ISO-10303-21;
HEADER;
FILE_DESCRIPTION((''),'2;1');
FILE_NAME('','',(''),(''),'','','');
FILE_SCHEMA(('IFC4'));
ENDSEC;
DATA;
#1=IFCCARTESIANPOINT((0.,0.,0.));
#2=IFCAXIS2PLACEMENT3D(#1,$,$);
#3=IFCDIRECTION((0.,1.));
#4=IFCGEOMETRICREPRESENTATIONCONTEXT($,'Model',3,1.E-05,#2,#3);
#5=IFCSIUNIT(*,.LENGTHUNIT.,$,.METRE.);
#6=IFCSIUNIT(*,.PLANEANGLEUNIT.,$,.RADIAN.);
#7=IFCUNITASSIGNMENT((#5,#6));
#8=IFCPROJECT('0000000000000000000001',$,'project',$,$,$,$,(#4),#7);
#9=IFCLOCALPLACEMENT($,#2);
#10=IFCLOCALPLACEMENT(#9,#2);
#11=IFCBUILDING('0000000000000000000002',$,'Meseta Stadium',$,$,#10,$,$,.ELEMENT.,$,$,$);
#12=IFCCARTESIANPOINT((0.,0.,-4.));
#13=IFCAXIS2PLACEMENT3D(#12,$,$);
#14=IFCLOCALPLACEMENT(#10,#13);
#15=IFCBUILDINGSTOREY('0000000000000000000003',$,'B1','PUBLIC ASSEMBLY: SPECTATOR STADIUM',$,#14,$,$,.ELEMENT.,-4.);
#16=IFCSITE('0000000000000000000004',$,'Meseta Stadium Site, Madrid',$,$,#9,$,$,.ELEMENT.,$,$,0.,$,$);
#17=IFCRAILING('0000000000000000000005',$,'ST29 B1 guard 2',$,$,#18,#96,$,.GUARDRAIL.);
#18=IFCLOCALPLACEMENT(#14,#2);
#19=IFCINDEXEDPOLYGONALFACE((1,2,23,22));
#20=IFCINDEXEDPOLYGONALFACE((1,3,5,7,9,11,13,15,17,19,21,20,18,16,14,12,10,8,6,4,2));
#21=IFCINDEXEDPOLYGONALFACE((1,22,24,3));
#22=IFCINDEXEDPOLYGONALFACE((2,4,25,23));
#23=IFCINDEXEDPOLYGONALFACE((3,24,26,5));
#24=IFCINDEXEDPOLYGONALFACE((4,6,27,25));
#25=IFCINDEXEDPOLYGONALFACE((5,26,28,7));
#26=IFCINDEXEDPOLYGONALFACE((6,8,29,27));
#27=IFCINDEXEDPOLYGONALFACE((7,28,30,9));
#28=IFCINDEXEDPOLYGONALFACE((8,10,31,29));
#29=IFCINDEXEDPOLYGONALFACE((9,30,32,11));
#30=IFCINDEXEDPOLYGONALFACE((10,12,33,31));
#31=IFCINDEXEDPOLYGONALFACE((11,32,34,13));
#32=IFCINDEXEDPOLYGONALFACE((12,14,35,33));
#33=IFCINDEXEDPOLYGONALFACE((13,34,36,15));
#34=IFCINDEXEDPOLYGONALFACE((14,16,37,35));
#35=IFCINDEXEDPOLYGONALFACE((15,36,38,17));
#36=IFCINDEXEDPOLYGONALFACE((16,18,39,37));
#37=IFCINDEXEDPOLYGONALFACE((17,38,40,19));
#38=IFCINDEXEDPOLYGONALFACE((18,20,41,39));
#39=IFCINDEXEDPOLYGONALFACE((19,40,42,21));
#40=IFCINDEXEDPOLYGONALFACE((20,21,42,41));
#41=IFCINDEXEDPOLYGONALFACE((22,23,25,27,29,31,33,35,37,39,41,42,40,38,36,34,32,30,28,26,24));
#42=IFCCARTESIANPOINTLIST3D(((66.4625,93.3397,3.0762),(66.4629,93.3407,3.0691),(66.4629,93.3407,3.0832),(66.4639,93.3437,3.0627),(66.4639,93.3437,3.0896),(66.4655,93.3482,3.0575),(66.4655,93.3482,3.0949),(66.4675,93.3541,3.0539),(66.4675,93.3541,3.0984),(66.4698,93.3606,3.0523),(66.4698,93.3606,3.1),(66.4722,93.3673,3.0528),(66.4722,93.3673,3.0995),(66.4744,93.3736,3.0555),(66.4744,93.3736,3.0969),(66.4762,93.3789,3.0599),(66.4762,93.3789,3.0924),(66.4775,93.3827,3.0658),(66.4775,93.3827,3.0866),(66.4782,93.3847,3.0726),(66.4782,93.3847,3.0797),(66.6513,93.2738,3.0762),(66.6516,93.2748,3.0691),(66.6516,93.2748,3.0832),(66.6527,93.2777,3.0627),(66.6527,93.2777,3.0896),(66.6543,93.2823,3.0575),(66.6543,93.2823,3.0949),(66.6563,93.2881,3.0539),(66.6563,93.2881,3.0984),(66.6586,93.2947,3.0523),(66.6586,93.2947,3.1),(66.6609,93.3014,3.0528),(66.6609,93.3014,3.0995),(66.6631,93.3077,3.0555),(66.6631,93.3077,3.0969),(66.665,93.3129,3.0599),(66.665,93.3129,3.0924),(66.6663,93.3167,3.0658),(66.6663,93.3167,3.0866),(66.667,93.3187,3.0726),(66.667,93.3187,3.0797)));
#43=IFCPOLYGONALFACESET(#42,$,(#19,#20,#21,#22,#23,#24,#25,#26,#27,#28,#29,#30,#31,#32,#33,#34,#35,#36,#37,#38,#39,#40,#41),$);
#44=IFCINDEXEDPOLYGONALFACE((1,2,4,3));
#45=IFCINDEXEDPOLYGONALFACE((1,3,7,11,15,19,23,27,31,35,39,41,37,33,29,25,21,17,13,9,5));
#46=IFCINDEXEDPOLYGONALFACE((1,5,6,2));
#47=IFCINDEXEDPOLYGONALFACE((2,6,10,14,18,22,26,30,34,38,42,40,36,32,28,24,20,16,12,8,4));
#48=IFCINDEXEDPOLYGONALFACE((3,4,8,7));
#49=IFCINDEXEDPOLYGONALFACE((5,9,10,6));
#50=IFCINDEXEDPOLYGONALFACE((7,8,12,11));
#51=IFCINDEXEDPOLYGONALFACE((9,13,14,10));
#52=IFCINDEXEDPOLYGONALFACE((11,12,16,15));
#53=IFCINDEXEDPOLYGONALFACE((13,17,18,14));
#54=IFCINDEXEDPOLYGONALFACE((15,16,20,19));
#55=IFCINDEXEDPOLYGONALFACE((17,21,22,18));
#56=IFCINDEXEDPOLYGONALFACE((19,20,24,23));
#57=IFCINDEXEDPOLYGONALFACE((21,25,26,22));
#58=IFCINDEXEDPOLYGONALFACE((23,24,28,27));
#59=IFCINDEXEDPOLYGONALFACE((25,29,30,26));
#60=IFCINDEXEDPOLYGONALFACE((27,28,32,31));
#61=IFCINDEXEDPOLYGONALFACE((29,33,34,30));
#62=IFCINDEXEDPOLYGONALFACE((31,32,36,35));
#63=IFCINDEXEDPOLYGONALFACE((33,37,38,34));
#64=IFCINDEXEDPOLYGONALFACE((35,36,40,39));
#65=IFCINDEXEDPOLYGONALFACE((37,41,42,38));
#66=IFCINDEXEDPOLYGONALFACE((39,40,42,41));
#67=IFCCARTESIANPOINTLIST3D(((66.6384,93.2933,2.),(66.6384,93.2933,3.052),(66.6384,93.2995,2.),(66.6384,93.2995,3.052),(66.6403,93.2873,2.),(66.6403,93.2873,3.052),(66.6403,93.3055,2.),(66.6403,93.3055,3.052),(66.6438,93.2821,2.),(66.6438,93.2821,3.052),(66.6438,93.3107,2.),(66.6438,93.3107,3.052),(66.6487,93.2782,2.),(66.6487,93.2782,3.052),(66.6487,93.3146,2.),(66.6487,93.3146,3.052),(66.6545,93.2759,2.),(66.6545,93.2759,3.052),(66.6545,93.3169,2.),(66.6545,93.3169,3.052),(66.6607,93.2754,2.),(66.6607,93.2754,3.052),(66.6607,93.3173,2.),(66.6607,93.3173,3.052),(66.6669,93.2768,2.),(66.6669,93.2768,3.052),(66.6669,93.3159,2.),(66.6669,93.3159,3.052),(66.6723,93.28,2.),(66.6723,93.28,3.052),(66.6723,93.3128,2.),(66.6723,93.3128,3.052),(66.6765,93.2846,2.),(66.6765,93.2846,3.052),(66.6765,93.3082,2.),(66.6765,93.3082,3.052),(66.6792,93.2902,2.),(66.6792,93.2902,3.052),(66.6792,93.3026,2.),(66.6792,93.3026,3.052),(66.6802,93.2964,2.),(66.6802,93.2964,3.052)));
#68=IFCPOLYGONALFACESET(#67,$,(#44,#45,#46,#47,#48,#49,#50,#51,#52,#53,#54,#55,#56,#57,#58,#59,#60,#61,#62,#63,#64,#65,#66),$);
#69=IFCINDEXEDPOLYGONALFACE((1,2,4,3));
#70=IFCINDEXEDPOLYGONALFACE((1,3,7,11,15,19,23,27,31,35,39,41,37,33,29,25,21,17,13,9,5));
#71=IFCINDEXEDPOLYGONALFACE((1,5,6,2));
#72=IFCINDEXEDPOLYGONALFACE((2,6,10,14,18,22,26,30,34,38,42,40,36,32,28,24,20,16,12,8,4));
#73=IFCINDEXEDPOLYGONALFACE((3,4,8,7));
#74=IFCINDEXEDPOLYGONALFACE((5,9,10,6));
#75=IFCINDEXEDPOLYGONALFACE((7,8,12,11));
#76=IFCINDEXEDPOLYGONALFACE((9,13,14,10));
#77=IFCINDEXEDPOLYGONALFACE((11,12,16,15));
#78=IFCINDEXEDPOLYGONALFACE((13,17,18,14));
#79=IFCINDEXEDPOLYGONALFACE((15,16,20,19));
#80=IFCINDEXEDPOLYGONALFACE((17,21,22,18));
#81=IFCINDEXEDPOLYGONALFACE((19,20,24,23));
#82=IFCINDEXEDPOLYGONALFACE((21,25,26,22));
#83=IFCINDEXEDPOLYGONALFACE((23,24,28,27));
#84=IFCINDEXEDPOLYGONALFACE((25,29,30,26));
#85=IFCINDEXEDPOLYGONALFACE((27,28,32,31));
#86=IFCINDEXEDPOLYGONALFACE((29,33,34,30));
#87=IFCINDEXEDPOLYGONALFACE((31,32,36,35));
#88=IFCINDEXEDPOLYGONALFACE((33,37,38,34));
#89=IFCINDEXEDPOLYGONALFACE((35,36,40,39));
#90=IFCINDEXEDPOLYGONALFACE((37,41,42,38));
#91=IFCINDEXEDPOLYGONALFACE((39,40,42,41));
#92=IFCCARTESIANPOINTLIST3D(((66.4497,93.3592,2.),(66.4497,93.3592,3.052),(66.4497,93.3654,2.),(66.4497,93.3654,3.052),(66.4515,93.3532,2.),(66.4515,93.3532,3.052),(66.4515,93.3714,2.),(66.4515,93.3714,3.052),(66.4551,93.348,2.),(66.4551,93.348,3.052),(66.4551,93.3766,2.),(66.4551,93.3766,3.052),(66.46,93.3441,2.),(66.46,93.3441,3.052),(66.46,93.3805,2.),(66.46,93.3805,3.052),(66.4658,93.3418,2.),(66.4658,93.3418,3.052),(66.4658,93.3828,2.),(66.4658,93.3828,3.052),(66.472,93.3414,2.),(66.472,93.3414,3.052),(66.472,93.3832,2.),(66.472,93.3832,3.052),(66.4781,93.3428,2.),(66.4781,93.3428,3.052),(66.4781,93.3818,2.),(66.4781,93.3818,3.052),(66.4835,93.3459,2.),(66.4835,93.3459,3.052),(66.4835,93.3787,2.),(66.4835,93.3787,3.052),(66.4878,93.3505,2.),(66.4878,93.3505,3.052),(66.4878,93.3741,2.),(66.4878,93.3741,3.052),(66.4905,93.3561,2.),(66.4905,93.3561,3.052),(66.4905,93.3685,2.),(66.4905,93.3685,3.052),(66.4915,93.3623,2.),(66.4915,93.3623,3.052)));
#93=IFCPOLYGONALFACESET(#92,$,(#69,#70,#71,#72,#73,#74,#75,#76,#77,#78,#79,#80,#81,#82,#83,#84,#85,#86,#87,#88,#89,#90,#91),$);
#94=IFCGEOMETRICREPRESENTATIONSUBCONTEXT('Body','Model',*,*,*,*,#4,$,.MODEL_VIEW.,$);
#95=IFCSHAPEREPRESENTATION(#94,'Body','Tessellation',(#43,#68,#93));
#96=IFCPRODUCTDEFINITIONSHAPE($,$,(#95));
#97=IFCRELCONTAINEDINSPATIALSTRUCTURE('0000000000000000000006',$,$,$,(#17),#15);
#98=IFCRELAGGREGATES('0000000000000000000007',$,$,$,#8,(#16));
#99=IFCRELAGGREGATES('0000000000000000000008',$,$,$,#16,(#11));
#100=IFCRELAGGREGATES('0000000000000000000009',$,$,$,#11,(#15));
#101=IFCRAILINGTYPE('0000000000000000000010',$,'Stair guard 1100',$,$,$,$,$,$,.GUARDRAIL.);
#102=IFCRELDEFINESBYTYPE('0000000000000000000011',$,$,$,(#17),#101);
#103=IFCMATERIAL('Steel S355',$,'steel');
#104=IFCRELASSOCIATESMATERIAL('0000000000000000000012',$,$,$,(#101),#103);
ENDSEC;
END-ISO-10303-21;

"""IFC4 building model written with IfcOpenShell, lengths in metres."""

from ifc_helpers import new_model, si_unit, direction, frame, origin, origin_2d, place, context, subcontext, project, spatial, circle, extrude, material, type_object, element, save


model = new_model("IFC4")

# Units and contexts
model_context = context("Model", 3, precision=1e-05, world=origin(), true_north=direction((0.0, 1.0)))
body_context = subcontext(model_context, "Body", "Model", "MODEL_VIEW")
ifc_project = project(units=[si_unit("LENGTHUNIT", "METRE"), si_unit("PLANEANGLEUNIT", "RADIAN")], contexts=[model_context])

# Site, building, storey
site_placement = place(None, origin())
site = spatial("IfcSite", under=ifc_project, at=site_placement, Name="Meseta Stadium Site, Madrid", CompositionType="ELEMENT", RefElevation=0.0)
building_placement = place(site_placement, origin())
building = spatial("IfcBuilding", under=site, at=building_placement, Name="Meseta Stadium", CompositionType="ELEMENT")
storey_placement = place(building_placement, frame((0.0, 0.0, -4.0)))
storey = spatial("IfcBuildingStorey", under=building, at=storey_placement, Name="B1", Description="PUBLIC ASSEMBLY: SPECTATOR STADIUM", CompositionType="ELEMENT", Elevation=-4.0)

# Railing
ifc_material_1 = material(Name="Steel S355", Category="steel")
railing_type_1 = type_object("IfcRailingType", Name="Stair guard 1100", PredefinedType="GUARDRAIL", material=ifc_material_1)
railing_1_placement = place(storey_placement, frame((66.6592, 93.2964, 2.0)))
element("IfcRailing", 1, at=railing_1_placement, inside=storey, type_object=railing_type_1, Name="ST29 B1 guard 2", PredefinedType="GUARDRAIL", context=body_context, shape_type="SweptSolid", body=[
    extrude(circle(Radius=0.0239, at=origin_2d()), frame((0.0, 0.0, 1.0762), z_axis=(-0.944068, 0.329752, 0.0), x_axis=(-0.329752, -0.944068, 0.0)), (0.0, 0.0, 1.0), 0.2),
    extrude(circle(Radius=0.021, at=origin_2d()), origin(), (0.0, 0.0, 1.0), 1.052),
    extrude(circle(Radius=0.021, at=origin_2d()), frame((-0.1887, 0.0659, 0.0)), (0.0, 0.0, 1.0), 1.052),
])

save(model, "model.ifc")
